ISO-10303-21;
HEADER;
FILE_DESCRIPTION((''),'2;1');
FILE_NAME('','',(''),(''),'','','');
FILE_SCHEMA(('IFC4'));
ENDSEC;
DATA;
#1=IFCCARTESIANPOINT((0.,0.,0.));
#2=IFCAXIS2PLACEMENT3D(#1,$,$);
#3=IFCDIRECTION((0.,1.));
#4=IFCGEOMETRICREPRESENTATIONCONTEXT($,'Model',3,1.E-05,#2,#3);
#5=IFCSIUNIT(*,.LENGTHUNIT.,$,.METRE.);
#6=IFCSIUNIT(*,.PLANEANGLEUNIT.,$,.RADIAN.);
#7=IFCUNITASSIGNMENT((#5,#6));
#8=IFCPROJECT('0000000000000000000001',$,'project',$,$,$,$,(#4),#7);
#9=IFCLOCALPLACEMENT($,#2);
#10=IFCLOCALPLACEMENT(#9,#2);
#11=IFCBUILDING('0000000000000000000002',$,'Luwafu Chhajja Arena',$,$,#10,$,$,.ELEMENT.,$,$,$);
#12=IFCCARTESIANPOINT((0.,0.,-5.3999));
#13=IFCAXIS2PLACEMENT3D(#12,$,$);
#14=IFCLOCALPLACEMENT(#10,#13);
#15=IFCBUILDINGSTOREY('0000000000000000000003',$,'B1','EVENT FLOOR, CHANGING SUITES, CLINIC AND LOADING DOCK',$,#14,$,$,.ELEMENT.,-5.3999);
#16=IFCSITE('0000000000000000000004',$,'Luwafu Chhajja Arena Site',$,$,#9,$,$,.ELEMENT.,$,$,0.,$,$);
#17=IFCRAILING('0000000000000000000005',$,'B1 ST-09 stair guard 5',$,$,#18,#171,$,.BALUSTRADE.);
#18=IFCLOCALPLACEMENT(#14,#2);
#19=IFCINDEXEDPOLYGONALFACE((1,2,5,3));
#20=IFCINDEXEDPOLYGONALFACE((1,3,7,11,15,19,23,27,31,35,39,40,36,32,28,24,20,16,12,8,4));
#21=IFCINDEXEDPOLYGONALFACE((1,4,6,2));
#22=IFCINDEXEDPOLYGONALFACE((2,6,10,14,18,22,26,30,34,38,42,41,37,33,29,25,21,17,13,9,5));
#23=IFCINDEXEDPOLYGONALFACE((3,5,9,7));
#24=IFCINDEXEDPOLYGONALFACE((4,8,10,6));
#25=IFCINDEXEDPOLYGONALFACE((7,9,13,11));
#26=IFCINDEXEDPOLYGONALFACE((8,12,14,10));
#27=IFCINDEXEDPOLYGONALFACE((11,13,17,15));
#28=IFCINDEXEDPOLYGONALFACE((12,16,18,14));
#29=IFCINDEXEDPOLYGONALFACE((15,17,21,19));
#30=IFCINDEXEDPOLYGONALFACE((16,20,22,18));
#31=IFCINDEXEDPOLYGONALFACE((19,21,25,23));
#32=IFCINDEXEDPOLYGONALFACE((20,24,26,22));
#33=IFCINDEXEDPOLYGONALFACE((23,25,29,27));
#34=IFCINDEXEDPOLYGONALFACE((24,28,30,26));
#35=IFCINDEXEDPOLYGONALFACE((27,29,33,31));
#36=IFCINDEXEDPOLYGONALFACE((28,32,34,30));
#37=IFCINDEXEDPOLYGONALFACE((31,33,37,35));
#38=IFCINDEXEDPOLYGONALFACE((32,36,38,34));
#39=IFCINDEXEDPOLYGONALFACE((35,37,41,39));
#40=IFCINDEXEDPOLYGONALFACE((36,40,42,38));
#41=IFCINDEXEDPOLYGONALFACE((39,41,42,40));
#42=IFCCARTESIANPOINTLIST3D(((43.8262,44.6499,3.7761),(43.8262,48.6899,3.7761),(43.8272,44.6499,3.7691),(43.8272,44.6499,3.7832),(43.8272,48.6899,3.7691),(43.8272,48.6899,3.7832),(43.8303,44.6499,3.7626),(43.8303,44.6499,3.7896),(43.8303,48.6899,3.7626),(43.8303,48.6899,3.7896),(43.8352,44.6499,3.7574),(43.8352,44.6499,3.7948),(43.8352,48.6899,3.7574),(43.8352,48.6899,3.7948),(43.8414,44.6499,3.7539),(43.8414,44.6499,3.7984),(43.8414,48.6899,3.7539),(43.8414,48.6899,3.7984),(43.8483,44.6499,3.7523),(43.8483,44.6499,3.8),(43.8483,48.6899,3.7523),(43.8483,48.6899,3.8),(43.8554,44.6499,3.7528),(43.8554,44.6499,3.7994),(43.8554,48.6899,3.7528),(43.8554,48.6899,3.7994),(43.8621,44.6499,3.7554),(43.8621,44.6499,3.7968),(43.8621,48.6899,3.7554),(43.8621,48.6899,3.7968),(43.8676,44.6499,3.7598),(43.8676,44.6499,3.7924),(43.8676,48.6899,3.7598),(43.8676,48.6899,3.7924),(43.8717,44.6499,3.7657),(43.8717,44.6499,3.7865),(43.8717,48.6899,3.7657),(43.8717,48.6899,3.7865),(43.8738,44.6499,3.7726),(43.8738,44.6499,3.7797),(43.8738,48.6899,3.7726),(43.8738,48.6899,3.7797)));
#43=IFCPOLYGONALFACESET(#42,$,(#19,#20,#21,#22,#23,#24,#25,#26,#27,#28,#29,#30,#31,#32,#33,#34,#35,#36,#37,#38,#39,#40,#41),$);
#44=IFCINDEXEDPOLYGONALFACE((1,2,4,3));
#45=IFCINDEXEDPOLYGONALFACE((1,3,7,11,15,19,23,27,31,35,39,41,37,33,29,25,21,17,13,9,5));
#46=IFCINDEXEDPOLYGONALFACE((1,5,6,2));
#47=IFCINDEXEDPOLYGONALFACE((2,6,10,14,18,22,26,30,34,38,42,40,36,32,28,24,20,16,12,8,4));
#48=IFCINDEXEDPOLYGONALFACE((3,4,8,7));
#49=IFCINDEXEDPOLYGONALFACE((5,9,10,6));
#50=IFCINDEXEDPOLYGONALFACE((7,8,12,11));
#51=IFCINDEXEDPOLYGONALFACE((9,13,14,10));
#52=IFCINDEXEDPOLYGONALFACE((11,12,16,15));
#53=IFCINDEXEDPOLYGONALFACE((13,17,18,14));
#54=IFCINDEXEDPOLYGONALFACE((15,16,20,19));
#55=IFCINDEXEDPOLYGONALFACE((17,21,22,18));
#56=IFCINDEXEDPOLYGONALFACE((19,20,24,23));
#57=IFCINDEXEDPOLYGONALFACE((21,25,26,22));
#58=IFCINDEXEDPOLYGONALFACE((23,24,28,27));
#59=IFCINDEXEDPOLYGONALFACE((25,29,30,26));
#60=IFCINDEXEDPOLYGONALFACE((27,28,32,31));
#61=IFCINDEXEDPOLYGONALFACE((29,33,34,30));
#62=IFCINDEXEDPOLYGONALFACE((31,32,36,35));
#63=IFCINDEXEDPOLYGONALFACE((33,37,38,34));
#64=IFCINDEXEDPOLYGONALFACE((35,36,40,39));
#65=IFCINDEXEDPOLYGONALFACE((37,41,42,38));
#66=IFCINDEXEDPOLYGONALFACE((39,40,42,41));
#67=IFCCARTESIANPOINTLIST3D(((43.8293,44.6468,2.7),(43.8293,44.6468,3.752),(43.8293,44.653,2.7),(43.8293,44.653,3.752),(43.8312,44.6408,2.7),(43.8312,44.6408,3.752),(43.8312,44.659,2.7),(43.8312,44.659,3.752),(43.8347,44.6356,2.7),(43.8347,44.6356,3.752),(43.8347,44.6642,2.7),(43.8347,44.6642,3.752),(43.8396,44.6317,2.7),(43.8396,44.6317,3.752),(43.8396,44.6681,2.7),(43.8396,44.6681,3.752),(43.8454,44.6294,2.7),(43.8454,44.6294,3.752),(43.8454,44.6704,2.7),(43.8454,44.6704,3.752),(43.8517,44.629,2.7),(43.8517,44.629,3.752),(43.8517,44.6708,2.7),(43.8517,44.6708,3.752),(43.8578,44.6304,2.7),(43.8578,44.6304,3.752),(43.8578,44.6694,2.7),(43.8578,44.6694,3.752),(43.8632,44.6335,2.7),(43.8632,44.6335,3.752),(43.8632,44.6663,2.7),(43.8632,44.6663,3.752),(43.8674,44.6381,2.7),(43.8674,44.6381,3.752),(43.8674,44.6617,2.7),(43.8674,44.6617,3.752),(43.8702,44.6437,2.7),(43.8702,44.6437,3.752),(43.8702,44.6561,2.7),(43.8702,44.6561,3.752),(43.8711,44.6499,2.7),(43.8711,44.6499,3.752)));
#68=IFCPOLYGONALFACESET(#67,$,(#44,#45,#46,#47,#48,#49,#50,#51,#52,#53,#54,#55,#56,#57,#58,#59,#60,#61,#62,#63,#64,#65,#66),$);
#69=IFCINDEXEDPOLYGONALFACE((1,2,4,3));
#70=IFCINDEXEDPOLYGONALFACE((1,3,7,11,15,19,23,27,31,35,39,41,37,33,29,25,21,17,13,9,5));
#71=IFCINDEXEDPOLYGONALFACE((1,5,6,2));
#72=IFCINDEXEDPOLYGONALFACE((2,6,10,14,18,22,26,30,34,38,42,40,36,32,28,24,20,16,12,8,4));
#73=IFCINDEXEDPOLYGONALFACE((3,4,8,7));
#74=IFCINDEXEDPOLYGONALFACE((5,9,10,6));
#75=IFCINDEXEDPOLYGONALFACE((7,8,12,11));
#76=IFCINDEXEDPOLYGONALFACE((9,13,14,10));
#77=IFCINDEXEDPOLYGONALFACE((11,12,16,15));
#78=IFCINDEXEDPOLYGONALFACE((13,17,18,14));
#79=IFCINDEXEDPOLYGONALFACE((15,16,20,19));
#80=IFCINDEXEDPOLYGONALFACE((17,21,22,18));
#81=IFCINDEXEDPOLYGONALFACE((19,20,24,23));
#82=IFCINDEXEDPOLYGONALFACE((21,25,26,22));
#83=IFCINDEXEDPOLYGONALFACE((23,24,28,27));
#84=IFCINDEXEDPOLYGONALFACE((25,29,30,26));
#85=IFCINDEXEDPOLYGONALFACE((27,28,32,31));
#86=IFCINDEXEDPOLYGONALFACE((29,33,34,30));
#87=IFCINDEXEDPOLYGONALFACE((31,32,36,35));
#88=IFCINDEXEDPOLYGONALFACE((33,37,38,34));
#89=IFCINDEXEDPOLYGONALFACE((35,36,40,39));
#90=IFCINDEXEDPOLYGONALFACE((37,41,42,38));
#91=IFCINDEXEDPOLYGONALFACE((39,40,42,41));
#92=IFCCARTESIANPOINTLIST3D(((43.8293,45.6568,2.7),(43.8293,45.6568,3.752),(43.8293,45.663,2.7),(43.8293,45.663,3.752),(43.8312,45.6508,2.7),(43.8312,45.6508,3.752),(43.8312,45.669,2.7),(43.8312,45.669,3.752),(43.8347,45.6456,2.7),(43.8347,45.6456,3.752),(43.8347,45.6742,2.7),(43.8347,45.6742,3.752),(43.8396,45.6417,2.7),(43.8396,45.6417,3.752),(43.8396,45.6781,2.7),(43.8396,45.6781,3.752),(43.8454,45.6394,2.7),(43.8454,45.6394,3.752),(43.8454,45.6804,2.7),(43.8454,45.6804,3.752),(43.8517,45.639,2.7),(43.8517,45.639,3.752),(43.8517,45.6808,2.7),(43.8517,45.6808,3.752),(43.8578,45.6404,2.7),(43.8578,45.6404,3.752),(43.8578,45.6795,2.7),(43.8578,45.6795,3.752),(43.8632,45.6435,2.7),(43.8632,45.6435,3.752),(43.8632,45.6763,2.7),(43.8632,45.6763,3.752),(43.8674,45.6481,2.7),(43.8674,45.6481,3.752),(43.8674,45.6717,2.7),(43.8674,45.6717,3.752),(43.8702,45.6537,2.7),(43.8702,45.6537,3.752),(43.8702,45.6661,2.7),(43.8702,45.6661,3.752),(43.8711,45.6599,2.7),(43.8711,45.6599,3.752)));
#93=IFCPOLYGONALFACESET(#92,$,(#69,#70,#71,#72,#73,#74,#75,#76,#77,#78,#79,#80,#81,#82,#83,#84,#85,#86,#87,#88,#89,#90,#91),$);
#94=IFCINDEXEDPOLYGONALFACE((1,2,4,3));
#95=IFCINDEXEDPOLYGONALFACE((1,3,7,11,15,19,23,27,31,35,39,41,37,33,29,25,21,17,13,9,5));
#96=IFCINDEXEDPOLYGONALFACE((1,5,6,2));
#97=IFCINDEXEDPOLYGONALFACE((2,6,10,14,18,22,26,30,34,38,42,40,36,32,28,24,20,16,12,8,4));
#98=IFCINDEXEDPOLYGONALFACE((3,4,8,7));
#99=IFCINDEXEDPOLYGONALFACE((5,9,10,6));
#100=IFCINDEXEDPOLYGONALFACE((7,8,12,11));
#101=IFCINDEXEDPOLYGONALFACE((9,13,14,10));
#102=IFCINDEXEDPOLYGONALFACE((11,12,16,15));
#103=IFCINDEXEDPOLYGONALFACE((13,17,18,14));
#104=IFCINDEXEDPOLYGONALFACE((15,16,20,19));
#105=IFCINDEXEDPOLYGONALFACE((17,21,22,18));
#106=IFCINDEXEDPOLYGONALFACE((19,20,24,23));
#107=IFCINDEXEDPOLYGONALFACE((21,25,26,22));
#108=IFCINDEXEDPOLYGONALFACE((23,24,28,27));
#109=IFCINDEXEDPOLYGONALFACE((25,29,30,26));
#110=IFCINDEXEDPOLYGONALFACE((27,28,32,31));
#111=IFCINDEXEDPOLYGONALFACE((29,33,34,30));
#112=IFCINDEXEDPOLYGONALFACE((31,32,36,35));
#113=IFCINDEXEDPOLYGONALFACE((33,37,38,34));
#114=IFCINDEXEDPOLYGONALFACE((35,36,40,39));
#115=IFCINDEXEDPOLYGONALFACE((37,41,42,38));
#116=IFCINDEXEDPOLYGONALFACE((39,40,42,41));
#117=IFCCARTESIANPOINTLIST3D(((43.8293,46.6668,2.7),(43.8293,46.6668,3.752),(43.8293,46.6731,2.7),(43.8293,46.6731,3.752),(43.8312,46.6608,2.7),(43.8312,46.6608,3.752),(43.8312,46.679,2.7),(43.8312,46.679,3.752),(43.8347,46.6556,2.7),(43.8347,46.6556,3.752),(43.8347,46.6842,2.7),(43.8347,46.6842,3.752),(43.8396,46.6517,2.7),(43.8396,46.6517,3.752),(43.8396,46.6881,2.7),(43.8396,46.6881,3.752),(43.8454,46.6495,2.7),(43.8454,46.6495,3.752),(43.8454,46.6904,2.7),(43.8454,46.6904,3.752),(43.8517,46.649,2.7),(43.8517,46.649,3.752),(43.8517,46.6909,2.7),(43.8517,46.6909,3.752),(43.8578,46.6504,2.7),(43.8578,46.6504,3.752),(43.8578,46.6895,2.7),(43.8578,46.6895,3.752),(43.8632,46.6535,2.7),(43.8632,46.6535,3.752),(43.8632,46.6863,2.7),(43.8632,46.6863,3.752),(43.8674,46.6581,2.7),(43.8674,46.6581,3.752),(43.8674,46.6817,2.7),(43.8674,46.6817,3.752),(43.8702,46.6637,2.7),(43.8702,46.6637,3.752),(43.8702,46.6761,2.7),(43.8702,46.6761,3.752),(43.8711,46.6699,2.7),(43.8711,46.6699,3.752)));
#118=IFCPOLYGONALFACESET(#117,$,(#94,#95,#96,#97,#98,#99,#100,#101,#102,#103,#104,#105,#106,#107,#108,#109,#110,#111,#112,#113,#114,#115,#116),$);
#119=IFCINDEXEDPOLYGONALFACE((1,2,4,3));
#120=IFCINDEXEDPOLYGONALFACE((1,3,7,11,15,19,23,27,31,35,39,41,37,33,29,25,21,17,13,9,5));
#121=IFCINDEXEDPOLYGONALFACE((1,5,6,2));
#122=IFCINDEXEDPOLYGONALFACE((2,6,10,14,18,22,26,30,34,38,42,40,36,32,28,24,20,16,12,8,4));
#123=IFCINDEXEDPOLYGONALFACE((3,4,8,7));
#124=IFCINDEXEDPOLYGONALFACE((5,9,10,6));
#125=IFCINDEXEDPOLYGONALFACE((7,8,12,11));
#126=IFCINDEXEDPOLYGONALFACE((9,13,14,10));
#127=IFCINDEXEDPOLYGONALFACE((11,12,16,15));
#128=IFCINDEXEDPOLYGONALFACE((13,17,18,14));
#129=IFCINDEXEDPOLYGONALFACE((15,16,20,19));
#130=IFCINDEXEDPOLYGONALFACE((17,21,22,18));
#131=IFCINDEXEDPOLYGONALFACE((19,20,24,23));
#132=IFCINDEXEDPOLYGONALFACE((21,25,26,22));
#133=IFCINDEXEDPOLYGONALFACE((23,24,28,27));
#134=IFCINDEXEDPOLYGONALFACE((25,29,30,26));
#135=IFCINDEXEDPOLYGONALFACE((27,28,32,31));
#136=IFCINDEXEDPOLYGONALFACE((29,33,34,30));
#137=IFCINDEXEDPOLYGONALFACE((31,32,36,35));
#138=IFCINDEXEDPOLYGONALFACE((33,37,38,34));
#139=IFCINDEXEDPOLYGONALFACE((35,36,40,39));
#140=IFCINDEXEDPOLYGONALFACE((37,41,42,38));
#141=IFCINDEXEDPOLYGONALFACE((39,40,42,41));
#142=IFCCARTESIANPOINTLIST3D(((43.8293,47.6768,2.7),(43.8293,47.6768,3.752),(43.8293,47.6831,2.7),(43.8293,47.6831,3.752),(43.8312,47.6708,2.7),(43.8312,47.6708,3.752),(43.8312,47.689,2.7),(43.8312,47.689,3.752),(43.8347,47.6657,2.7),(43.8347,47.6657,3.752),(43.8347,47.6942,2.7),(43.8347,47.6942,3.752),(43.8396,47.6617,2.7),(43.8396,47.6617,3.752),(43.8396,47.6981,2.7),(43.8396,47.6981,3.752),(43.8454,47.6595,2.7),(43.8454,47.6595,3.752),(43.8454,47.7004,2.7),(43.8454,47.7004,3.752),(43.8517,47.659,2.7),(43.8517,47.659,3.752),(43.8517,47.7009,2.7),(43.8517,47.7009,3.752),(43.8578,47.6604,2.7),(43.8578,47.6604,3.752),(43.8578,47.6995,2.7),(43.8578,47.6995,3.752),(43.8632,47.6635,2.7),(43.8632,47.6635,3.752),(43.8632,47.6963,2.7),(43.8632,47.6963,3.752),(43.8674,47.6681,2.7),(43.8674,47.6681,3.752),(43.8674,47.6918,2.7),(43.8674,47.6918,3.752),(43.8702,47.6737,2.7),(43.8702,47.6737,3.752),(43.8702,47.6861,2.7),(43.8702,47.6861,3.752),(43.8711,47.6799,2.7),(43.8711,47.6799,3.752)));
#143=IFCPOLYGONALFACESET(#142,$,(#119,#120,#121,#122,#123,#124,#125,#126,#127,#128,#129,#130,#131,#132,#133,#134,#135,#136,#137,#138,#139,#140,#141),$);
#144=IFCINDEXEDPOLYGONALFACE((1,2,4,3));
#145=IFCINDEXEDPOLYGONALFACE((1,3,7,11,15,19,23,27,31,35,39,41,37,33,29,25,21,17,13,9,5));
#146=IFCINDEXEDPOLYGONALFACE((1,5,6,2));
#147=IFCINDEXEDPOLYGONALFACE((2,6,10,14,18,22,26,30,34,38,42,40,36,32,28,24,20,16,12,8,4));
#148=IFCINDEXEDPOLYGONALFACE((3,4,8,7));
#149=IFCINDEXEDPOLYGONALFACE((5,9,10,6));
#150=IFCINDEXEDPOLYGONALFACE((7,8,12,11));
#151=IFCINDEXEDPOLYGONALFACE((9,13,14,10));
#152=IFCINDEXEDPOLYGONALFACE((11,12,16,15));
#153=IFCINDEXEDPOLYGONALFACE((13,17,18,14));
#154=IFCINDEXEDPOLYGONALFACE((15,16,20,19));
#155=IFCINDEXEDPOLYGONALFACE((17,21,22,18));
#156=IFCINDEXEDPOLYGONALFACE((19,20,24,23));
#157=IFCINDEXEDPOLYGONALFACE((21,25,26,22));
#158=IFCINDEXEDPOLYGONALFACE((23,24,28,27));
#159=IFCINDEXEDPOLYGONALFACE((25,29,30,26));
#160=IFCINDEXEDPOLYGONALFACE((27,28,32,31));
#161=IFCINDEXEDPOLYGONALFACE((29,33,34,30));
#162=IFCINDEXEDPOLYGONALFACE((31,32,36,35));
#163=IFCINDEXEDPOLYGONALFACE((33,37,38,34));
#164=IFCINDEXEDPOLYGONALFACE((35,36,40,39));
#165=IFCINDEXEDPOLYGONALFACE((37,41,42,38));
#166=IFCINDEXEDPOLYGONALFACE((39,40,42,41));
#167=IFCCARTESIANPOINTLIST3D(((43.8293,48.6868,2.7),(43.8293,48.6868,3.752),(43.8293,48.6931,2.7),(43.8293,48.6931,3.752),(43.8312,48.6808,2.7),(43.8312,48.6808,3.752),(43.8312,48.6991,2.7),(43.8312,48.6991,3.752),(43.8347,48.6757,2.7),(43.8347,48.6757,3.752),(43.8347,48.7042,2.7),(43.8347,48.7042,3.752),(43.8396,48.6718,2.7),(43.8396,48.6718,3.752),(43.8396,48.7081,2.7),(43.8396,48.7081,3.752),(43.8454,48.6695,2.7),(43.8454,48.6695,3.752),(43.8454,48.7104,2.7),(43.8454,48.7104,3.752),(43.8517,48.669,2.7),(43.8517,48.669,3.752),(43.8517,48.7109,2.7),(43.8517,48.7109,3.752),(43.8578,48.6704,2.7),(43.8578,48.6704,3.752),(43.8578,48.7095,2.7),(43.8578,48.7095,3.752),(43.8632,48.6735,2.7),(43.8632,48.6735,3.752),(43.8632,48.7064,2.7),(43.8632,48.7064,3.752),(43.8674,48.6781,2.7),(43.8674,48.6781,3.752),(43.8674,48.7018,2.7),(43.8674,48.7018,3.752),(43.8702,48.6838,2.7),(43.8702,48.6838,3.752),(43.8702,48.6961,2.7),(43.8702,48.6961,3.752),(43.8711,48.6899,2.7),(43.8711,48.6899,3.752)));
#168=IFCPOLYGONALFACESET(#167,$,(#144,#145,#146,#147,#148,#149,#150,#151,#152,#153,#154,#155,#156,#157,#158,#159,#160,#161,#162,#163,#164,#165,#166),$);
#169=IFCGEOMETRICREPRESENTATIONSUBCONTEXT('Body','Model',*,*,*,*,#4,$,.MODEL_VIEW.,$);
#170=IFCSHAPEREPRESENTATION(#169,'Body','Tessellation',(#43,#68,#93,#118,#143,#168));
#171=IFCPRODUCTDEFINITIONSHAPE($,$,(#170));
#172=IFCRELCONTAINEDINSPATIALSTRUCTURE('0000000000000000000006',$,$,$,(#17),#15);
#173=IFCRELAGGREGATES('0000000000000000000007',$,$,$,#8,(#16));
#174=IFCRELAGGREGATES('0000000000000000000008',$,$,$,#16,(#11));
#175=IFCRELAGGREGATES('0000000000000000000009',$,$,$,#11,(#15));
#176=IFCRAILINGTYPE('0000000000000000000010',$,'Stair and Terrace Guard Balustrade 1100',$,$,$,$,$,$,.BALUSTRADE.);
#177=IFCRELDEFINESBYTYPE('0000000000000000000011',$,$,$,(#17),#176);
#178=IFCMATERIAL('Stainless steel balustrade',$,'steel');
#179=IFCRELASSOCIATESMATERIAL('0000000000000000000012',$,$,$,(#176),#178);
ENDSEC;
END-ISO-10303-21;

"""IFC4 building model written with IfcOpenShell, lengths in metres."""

from ifc_helpers import new_model, si_unit, direction, frame, origin, origin_2d, place, context, subcontext, project, spatial, circle, extrude, material, type_object, element, save


model = new_model("IFC4")

# Units and contexts
model_context = context("Model", 3, precision=1e-05, world=origin(), true_north=direction((0.0, 1.0)))
body_context = subcontext(model_context, "Body", "Model", "MODEL_VIEW")
ifc_project = project(units=[si_unit("LENGTHUNIT", "METRE"), si_unit("PLANEANGLEUNIT", "RADIAN")], contexts=[model_context])

# Site, building, storey
site_placement = place(None, origin())
site = spatial("IfcSite", under=ifc_project, at=site_placement, Name="Luwafu Chhajja Arena Site", CompositionType="ELEMENT", RefElevation=0.0)
building_placement = place(site_placement, origin())
building = spatial("IfcBuilding", under=site, at=building_placement, Name="Luwafu Chhajja Arena", CompositionType="ELEMENT")
storey_placement = place(building_placement, frame((0.0, 0.0, -5.3999)))
storey = spatial("IfcBuildingStorey", under=building, at=storey_placement, Name="B1", Description="EVENT FLOOR, CHANGING SUITES, CLINIC AND LOADING DOCK", CompositionType="ELEMENT", Elevation=-5.3999)

# Railing
ifc_material_1 = material(Name="Stainless steel balustrade", Category="steel")
railing_type = type_object("IfcRailingType", Name="Stair and Terrace Guard Balustrade 1100", PredefinedType="BALUSTRADE", material=ifc_material_1)
railing_1_placement = place(storey_placement, frame((43.8501, 44.6499, 2.7)))
element("IfcRailing", 1, at=railing_1_placement, inside=storey, type_object=railing_type, Name="B1 ST-09 stair guard 5", PredefinedType="BALUSTRADE", context=body_context, shape_type="SweptSolid", body=[
    extrude(circle(Radius=0.0239, at=origin_2d()), frame((0.0, 0.0, 1.0762), z_axis=(0.0, 1.0, 0.0), x_axis=(-1.0, 0.0, 0.0)), (0.0, 0.0, 1.0), 4.04),
    extrude(circle(Radius=0.021, at=origin_2d()), origin(), (0.0, 0.0, 1.0), 1.052),
    extrude(circle(Radius=0.021, at=origin_2d()), frame((0.0, 1.01, 0.0)), (0.0, 0.0, 1.0), 1.052),
    extrude(circle(Radius=0.021, at=origin_2d()), frame((0.0, 2.02, 0.0)), (0.0, 0.0, 1.0), 1.052),
    extrude(circle(Radius=0.021, at=origin_2d()), frame((0.0, 3.03, 0.0)), (0.0, 0.0, 1.0), 1.052),
    extrude(circle(Radius=0.021, at=origin_2d()), frame((0.0, 4.04, 0.0)), (0.0, 0.0, 1.0), 1.052),
])

save(model, "model.ifc")
